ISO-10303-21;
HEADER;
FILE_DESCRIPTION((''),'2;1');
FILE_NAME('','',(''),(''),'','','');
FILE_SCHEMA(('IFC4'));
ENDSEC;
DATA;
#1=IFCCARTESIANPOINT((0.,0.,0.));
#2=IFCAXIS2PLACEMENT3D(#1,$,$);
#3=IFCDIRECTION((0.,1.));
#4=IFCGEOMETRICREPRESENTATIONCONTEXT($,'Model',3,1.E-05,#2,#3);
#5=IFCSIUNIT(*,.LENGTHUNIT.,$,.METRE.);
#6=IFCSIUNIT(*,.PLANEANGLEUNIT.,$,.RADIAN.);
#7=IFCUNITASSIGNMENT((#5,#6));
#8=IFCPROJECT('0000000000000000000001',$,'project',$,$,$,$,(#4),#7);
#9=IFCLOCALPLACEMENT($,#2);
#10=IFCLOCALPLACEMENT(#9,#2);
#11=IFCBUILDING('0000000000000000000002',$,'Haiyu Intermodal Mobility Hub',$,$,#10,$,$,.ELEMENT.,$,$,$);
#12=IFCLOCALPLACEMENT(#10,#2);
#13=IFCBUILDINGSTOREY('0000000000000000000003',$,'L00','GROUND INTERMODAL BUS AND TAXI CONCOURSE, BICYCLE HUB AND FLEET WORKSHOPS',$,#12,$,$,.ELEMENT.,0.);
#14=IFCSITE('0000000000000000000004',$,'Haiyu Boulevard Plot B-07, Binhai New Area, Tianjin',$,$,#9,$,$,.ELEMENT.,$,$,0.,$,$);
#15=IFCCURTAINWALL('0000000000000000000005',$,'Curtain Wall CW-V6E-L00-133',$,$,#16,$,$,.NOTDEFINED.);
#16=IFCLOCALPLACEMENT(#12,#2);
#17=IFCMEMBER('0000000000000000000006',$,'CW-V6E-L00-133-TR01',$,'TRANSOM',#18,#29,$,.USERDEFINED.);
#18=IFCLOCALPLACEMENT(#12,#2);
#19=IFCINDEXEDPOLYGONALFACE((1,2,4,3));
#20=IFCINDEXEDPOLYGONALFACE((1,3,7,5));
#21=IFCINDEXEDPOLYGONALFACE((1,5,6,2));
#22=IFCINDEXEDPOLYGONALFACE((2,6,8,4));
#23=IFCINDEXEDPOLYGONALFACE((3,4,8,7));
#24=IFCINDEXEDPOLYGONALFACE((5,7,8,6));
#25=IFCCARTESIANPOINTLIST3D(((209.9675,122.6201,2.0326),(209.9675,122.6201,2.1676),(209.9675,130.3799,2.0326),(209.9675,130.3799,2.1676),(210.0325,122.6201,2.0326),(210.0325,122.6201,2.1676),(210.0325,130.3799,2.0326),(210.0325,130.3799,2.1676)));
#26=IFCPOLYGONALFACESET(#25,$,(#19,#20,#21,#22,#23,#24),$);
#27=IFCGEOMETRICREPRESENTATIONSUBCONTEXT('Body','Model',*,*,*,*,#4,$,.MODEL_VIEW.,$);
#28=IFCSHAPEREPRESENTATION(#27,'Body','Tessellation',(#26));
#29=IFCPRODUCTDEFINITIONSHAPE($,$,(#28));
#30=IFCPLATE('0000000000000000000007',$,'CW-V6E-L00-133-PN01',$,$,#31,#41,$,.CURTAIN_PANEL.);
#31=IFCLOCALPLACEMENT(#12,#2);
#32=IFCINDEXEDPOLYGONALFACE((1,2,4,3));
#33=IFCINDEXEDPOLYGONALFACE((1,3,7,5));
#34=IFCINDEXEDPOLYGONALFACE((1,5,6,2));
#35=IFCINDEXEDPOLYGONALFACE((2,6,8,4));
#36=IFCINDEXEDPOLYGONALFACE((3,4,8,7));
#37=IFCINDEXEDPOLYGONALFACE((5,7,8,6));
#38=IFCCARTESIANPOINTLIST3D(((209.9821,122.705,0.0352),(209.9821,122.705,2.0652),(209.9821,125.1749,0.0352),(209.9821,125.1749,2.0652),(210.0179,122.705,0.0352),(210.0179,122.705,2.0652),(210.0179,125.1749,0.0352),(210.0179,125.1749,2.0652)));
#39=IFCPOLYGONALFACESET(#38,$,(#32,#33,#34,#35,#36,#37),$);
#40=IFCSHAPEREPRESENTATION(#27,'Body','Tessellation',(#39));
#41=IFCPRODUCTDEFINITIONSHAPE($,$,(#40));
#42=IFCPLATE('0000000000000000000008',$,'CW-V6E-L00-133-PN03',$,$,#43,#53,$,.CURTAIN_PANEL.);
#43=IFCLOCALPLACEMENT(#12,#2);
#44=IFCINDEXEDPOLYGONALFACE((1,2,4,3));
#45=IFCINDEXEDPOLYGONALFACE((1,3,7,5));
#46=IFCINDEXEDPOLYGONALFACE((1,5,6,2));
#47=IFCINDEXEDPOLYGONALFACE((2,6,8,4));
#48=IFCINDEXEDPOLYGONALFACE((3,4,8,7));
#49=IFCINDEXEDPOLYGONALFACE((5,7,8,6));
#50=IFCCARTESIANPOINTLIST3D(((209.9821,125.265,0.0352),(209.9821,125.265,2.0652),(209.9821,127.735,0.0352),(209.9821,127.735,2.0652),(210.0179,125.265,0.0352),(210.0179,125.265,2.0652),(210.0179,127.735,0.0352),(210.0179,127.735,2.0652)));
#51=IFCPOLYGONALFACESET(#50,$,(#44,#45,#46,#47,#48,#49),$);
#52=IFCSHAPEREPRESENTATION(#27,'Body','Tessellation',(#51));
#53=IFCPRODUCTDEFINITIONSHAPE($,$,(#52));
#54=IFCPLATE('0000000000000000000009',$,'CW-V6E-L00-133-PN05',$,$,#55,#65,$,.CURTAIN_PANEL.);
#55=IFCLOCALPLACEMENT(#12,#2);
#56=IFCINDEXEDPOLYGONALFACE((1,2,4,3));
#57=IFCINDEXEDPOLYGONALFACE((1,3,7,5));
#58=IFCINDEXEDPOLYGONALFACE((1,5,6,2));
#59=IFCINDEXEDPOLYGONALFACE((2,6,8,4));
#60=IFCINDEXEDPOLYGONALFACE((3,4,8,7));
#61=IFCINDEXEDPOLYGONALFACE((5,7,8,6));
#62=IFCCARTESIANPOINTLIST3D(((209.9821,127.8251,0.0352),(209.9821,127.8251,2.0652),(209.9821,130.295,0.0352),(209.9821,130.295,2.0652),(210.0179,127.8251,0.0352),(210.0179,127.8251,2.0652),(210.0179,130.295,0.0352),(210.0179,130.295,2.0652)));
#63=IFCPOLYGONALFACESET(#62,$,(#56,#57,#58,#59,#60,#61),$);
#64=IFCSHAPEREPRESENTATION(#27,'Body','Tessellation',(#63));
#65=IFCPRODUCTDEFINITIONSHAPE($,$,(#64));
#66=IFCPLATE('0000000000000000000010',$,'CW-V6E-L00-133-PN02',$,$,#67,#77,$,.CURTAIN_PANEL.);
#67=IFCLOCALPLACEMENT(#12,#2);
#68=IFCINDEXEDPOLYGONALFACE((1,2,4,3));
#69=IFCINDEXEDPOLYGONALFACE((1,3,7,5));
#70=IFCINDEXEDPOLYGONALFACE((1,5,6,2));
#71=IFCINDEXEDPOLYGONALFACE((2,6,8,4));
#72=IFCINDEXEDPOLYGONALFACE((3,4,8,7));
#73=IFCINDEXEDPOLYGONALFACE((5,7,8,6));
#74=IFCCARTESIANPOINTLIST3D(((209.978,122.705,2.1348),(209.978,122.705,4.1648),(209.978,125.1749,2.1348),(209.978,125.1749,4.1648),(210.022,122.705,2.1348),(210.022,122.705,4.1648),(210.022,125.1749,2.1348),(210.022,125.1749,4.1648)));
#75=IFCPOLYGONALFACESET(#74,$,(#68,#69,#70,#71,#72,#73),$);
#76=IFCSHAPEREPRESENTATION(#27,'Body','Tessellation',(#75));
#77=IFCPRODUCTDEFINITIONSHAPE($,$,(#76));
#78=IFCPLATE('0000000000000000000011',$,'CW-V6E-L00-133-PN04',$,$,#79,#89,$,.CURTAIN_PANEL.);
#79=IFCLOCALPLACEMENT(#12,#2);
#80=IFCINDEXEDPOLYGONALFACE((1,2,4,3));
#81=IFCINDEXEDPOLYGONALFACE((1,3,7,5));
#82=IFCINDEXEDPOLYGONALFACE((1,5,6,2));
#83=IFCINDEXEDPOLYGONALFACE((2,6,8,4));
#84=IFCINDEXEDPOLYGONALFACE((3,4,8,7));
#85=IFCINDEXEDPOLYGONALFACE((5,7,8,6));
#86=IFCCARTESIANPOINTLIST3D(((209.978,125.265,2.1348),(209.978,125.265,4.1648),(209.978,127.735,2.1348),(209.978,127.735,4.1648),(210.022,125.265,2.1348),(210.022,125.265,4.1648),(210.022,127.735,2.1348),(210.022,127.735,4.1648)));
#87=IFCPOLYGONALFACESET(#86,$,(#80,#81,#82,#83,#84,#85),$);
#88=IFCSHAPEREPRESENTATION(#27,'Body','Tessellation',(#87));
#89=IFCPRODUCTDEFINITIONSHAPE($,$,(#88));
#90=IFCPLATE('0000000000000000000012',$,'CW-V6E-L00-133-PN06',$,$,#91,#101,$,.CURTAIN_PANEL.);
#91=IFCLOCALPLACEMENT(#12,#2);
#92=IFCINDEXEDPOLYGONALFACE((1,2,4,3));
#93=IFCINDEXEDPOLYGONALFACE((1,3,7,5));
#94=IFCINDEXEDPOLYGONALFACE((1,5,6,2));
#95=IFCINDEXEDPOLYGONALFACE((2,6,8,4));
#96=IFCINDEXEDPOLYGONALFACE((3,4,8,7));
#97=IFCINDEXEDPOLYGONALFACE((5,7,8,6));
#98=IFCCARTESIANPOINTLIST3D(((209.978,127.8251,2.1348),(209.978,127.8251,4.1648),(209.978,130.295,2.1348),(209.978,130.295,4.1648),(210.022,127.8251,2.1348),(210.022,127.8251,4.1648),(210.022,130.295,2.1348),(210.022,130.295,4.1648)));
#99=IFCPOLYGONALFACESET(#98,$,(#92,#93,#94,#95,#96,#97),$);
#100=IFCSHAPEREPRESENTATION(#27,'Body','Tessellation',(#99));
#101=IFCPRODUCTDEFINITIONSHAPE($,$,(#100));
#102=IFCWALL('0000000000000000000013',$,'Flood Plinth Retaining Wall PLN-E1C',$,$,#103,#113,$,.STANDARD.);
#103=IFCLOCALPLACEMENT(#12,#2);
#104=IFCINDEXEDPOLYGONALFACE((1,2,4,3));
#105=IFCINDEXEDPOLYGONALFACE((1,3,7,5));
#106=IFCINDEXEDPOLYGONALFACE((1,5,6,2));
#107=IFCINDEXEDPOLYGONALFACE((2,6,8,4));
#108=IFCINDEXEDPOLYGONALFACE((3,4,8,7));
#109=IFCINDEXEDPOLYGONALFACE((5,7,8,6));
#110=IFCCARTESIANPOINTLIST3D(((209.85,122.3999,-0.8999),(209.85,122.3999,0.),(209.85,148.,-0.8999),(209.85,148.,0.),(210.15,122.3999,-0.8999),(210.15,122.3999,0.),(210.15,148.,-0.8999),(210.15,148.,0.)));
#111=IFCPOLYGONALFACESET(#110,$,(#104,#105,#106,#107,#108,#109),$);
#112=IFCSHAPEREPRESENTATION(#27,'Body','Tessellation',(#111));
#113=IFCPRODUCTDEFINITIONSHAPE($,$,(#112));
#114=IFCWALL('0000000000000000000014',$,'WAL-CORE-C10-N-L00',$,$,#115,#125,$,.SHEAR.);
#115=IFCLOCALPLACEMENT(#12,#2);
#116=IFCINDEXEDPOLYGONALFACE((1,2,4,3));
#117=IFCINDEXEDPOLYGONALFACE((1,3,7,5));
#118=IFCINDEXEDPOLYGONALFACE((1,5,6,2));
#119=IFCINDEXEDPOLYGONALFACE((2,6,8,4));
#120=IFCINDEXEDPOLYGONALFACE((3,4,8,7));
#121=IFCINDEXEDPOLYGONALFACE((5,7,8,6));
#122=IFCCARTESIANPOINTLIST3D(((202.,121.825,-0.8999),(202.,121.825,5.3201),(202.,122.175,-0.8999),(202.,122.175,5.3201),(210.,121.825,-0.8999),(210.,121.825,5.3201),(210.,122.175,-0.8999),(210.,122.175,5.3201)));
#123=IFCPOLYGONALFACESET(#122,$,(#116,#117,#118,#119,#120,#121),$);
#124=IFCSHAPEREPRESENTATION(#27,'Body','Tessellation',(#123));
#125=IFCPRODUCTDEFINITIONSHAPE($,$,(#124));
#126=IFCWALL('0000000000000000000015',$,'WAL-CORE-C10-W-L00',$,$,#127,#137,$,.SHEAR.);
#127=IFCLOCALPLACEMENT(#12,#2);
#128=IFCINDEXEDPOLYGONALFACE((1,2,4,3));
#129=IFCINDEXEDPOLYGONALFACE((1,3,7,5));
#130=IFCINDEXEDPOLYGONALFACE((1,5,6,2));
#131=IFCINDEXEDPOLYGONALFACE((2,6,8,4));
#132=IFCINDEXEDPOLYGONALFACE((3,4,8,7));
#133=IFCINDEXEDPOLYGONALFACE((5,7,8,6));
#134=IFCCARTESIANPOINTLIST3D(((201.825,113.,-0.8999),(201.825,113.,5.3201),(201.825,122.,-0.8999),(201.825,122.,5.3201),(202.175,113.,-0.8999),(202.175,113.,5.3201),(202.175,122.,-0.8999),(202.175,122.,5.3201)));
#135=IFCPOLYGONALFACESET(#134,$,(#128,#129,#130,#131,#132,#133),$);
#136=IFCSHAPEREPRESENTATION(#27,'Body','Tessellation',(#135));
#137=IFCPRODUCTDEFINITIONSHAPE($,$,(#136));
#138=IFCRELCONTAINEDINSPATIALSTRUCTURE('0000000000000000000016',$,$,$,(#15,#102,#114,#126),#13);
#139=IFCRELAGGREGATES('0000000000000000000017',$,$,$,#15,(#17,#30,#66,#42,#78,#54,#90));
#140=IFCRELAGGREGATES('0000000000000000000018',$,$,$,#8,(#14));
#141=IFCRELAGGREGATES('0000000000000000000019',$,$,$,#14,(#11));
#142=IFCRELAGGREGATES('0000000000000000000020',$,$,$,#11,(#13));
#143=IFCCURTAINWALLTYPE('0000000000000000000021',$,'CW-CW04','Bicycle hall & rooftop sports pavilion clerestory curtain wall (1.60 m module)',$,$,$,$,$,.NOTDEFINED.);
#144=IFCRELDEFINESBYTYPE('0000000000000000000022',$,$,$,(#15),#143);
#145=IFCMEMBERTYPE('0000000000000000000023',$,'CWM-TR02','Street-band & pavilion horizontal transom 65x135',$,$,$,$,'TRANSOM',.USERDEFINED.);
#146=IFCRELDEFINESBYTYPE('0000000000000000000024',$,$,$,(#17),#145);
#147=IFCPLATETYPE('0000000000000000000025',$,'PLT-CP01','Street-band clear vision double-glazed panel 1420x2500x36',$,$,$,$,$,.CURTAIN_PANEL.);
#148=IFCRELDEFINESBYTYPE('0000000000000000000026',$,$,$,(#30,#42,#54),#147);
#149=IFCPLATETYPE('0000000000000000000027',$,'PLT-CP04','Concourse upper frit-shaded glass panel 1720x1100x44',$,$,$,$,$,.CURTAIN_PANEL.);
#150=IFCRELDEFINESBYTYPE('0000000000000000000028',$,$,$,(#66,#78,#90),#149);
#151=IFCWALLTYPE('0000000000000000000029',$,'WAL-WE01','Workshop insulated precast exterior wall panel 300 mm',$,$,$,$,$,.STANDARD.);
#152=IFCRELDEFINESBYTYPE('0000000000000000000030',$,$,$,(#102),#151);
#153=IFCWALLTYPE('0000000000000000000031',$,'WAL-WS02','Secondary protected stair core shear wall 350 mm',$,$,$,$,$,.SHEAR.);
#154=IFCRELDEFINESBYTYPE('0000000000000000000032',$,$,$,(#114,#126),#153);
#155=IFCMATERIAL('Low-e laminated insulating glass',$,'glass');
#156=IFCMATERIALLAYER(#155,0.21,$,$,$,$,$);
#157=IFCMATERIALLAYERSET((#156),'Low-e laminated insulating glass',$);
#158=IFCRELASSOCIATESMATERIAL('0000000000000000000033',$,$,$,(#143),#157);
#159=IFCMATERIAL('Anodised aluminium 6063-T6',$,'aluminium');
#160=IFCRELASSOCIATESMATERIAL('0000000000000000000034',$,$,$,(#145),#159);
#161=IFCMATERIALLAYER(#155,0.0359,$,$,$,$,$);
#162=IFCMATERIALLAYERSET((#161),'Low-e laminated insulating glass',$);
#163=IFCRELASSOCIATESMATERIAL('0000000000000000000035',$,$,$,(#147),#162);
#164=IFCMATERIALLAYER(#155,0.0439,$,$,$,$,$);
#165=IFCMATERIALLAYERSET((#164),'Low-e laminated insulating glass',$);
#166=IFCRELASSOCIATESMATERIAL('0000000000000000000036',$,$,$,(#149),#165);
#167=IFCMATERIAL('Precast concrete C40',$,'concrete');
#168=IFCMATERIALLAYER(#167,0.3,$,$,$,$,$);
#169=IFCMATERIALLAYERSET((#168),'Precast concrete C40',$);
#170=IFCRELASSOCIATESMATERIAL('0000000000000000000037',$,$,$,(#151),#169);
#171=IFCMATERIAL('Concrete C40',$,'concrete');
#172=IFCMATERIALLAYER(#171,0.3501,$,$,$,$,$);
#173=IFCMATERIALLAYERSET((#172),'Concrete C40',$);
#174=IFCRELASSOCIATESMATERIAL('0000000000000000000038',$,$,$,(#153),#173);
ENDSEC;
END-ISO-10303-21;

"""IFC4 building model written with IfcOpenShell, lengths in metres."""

from ifc_helpers import new_model, si_unit, direction, frame, frame_2d, origin, origin_2d, place, context, subcontext, project, spatial, rectangle, extrude, material, layer, layer_set, material_profile, profile_set, type_object, element, aggregate, save


model = new_model("IFC4")

# Units and contexts
model_context = context("Model", 3, precision=1e-05, world=origin(), true_north=direction((0.0, 1.0)))
body_context = subcontext(model_context, "Body", "Model", "MODEL_VIEW")
ifc_project = project(units=[si_unit("LENGTHUNIT", "METRE"), si_unit("PLANEANGLEUNIT", "RADIAN")], contexts=[model_context])

# Site, building, storey
site_placement = place(None, origin())
site = spatial("IfcSite", under=ifc_project, at=site_placement, Name="Haiyu Boulevard Plot B-07, Binhai New Area, Tianjin", CompositionType="ELEMENT", RefElevation=0.0)
building_placement = place(site_placement, origin())
building = spatial("IfcBuilding", under=site, at=building_placement, Name="Haiyu Intermodal Mobility Hub", CompositionType="ELEMENT")
storey_placement = place(building_placement, origin())
storey = spatial("IfcBuildingStorey", under=building, at=storey_placement, Name="L00", Description="GROUND INTERMODAL BUS AND TAXI CONCOURSE, BICYCLE HUB AND FLEET WORKSHOPS", CompositionType="ELEMENT", Elevation=0.0)

# Shared definitions
ifc_material_1 = material(Name="Concrete C40", Category="concrete")

# Curtain wall, member, plates
ifc_material_2 = material(Name="Low-e laminated insulating glass", Category="glass")
ifc_layer_1 = layer(ifc_material_2, 0.21)
ifc_layer_set_1 = layer_set([ifc_layer_1], Name="Low-e laminated insulating glass")
curtain_wall_type = type_object("IfcCurtainWallType", Name="CW-CW04", Description="Bicycle hall & rooftop sports pavilion clerestory curtain wall (1.60 m module)", PredefinedType="NOTDEFINED", material=ifc_layer_set_1)
curtain_wall_placement = place(storey_placement, origin())
curtain_wall = element("IfcCurtainWall", 1, at=curtain_wall_placement, inside=storey, type_object=curtain_wall_type, Name="Curtain Wall CW-V6E-L00-133", PredefinedType="NOTDEFINED")
ifc_material_3 = material(Name="Anodised aluminium 6063-T6", Category="aluminium")
ifc_material_profile_1 = material_profile(ifc_material_3, rectangle(XDim=0.0649, YDim=0.135, at=origin_2d()), Name="ALU65x135")
ifc_profile_set_1 = profile_set([ifc_material_profile_1], Name="Anodised aluminium 6063-T6")
member_type_1 = type_object("IfcMemberType", Name="CWM-TR02", Description="Street-band & pavilion horizontal transom 65x135", ElementType="TRANSOM", PredefinedType="USERDEFINED", material=ifc_profile_set_1)
member_1_placement = place(storey_placement, frame((210.0, 122.6201, 2.1001), z_axis=(0.0, 1.0, 0.0), x_axis=(-1.0, 0.0, 0.0)))
member_1 = element("IfcMember", 2, at=member_1_placement, type_object=member_type_1, Name="CW-V6E-L00-133-TR01", ObjectType="TRANSOM", PredefinedType="USERDEFINED", context=body_context, shape_type="SweptSolid", body=[
    extrude(rectangle(XDim=0.0649, YDim=0.135, at=origin_2d()), origin(), (0.0, 0.0, 1.0), 7.7598),
])
ifc_layer_2 = layer(ifc_material_2, 0.0359)
ifc_layer_set_2 = layer_set([ifc_layer_2], Name="Low-e laminated insulating glass")
plate_type_1 = type_object("IfcPlateType", Name="PLT-CP01", Description="Street-band clear vision double-glazed panel 1420x2500x36", PredefinedType="CURTAIN_PANEL", material=ifc_layer_set_2)
plate_1_placement = place(storey_placement, frame((210.0, 123.9399, 0.0352), z_axis=(0.0, 0.0, 1.0), x_axis=(0.0, 1.0, 0.0)))
plate_1 = element("IfcPlate", 3, at=plate_1_placement, type_object=plate_type_1, Name="CW-V6E-L00-133-PN01", PredefinedType="CURTAIN_PANEL", context=body_context, shape_type="SweptSolid", body=[
    extrude(rectangle(XDim=2.47, YDim=0.0359, at=origin_2d()), origin(), (0.0, 0.0, 1.0), 2.03),
])
plate_2_placement = place(storey_placement, frame((210.0, 126.5, 0.0352), z_axis=(0.0, 0.0, 1.0), x_axis=(0.0, 1.0, 0.0)))
plate_2 = element("IfcPlate", 4, at=plate_2_placement, type_object=plate_type_1, Name="CW-V6E-L00-133-PN03", PredefinedType="CURTAIN_PANEL", context=body_context, shape_type="SweptSolid", body=[
    extrude(rectangle(XDim=2.47, YDim=0.0359, at=origin_2d()), origin(), (0.0, 0.0, 1.0), 2.03),
])
plate_3_placement = place(storey_placement, frame((210.0, 129.0601, 0.0352), z_axis=(0.0, 0.0, 1.0), x_axis=(0.0, 1.0, 0.0)))
plate_3 = element("IfcPlate", 5, at=plate_3_placement, type_object=plate_type_1, Name="CW-V6E-L00-133-PN05", PredefinedType="CURTAIN_PANEL", context=body_context, shape_type="SweptSolid", body=[
    extrude(rectangle(XDim=2.47, YDim=0.0359, at=origin_2d()), origin(), (0.0, 0.0, 1.0), 2.03),
])
ifc_layer_3 = layer(ifc_material_2, 0.0439)
ifc_layer_set_3 = layer_set([ifc_layer_3], Name="Low-e laminated insulating glass")
plate_type_2 = type_object("IfcPlateType", Name="PLT-CP04", Description="Concourse upper frit-shaded glass panel 1720x1100x44", PredefinedType="CURTAIN_PANEL", material=ifc_layer_set_3)
plate_4_placement = place(storey_placement, frame((210.0, 123.9399, 2.1348), z_axis=(0.0, 0.0, 1.0), x_axis=(0.0, 1.0, 0.0)))
plate_4 = element("IfcPlate", 6, at=plate_4_placement, type_object=plate_type_2, Name="CW-V6E-L00-133-PN02", PredefinedType="CURTAIN_PANEL", context=body_context, shape_type="SweptSolid", body=[
    extrude(rectangle(XDim=2.47, YDim=0.0439, at=origin_2d()), origin(), (0.0, 0.0, 1.0), 2.03),
])
plate_5_placement = place(storey_placement, frame((210.0, 126.5, 2.1348), z_axis=(0.0, 0.0, 1.0), x_axis=(0.0, 1.0, 0.0)))
plate_5 = element("IfcPlate", 7, at=plate_5_placement, type_object=plate_type_2, Name="CW-V6E-L00-133-PN04", PredefinedType="CURTAIN_PANEL", context=body_context, shape_type="SweptSolid", body=[
    extrude(rectangle(XDim=2.47, YDim=0.0439, at=origin_2d()), origin(), (0.0, 0.0, 1.0), 2.03),
])
plate_6_placement = place(storey_placement, frame((210.0, 129.0601, 2.1348), z_axis=(0.0, 0.0, 1.0), x_axis=(0.0, 1.0, 0.0)))
plate_6 = element("IfcPlate", 8, at=plate_6_placement, type_object=plate_type_2, Name="CW-V6E-L00-133-PN06", PredefinedType="CURTAIN_PANEL", context=body_context, shape_type="SweptSolid", body=[
    extrude(rectangle(XDim=2.47, YDim=0.0439, at=origin_2d()), origin(), (0.0, 0.0, 1.0), 2.03),
])
aggregate(curtain_wall, [member_1, plate_1, plate_4, plate_2, plate_5, plate_3, plate_6])

# Walls
ifc_material_4 = material(Name="Precast concrete C40", Category="concrete")
ifc_layer_4 = layer(ifc_material_4, 0.3)
ifc_layer_set_4 = layer_set([ifc_layer_4], Name="Precast concrete C40")
wall_type_1 = type_object("IfcWallType", Name="WAL-WE01", Description="Workshop insulated precast exterior wall panel 300 mm", PredefinedType="STANDARD", material=ifc_layer_set_4)
wall_1_placement = place(storey_placement, frame((210.0, 122.3999, -0.8999), z_axis=(0.0, 0.0, 1.0), x_axis=(0.0, 1.0, 0.0)))
element("IfcWall", 9, at=wall_1_placement, inside=storey, type_object=wall_type_1, Name="Flood Plinth Retaining Wall PLN-E1C", PredefinedType="STANDARD", context=body_context, shape_type="SweptSolid", body=[
    extrude(rectangle(XDim=25.6001, YDim=0.3, at=frame_2d((12.8, 0.0))), origin(), (0.0, 0.0, 1.0), 0.8999),
])
ifc_layer_5 = layer(ifc_material_1, 0.3501)
ifc_layer_set_5 = layer_set([ifc_layer_5], Name="Concrete C40")
wall_type_2 = type_object("IfcWallType", Name="WAL-WS02", Description="Secondary protected stair core shear wall 350 mm", PredefinedType="SHEAR", material=ifc_layer_set_5)
wall_2_placement = place(storey_placement, frame((210.0, 122.0, -0.8999), z_axis=(0.0, 0.0, 1.0), x_axis=(-1.0, 0.0, 0.0)))
element("IfcWall", 10, at=wall_2_placement, inside=storey, type_object=wall_type_2, Name="WAL-CORE-C10-N-L00", PredefinedType="SHEAR", context=body_context, shape_type="SweptSolid", body=[
    extrude(rectangle(XDim=8.0, YDim=0.3501, at=frame_2d((4.0, 0.0))), origin(), (0.0, 0.0, 1.0), 6.22),
])
wall_3_placement = place(storey_placement, frame((202.0, 122.0, -0.8999), z_axis=(0.0, 0.0, 1.0), x_axis=(0.0, -1.0, 0.0)))
element("IfcWall", 11, at=wall_3_placement, inside=storey, type_object=wall_type_2, Name="WAL-CORE-C10-W-L00", PredefinedType="SHEAR", context=body_context, shape_type="SweptSolid", body=[
    extrude(rectangle(XDim=9.0, YDim=0.3501, at=frame_2d((4.5, 0.0))), origin(), (0.0, 0.0, 1.0), 6.22),
])

save(model, "model.ifc")
